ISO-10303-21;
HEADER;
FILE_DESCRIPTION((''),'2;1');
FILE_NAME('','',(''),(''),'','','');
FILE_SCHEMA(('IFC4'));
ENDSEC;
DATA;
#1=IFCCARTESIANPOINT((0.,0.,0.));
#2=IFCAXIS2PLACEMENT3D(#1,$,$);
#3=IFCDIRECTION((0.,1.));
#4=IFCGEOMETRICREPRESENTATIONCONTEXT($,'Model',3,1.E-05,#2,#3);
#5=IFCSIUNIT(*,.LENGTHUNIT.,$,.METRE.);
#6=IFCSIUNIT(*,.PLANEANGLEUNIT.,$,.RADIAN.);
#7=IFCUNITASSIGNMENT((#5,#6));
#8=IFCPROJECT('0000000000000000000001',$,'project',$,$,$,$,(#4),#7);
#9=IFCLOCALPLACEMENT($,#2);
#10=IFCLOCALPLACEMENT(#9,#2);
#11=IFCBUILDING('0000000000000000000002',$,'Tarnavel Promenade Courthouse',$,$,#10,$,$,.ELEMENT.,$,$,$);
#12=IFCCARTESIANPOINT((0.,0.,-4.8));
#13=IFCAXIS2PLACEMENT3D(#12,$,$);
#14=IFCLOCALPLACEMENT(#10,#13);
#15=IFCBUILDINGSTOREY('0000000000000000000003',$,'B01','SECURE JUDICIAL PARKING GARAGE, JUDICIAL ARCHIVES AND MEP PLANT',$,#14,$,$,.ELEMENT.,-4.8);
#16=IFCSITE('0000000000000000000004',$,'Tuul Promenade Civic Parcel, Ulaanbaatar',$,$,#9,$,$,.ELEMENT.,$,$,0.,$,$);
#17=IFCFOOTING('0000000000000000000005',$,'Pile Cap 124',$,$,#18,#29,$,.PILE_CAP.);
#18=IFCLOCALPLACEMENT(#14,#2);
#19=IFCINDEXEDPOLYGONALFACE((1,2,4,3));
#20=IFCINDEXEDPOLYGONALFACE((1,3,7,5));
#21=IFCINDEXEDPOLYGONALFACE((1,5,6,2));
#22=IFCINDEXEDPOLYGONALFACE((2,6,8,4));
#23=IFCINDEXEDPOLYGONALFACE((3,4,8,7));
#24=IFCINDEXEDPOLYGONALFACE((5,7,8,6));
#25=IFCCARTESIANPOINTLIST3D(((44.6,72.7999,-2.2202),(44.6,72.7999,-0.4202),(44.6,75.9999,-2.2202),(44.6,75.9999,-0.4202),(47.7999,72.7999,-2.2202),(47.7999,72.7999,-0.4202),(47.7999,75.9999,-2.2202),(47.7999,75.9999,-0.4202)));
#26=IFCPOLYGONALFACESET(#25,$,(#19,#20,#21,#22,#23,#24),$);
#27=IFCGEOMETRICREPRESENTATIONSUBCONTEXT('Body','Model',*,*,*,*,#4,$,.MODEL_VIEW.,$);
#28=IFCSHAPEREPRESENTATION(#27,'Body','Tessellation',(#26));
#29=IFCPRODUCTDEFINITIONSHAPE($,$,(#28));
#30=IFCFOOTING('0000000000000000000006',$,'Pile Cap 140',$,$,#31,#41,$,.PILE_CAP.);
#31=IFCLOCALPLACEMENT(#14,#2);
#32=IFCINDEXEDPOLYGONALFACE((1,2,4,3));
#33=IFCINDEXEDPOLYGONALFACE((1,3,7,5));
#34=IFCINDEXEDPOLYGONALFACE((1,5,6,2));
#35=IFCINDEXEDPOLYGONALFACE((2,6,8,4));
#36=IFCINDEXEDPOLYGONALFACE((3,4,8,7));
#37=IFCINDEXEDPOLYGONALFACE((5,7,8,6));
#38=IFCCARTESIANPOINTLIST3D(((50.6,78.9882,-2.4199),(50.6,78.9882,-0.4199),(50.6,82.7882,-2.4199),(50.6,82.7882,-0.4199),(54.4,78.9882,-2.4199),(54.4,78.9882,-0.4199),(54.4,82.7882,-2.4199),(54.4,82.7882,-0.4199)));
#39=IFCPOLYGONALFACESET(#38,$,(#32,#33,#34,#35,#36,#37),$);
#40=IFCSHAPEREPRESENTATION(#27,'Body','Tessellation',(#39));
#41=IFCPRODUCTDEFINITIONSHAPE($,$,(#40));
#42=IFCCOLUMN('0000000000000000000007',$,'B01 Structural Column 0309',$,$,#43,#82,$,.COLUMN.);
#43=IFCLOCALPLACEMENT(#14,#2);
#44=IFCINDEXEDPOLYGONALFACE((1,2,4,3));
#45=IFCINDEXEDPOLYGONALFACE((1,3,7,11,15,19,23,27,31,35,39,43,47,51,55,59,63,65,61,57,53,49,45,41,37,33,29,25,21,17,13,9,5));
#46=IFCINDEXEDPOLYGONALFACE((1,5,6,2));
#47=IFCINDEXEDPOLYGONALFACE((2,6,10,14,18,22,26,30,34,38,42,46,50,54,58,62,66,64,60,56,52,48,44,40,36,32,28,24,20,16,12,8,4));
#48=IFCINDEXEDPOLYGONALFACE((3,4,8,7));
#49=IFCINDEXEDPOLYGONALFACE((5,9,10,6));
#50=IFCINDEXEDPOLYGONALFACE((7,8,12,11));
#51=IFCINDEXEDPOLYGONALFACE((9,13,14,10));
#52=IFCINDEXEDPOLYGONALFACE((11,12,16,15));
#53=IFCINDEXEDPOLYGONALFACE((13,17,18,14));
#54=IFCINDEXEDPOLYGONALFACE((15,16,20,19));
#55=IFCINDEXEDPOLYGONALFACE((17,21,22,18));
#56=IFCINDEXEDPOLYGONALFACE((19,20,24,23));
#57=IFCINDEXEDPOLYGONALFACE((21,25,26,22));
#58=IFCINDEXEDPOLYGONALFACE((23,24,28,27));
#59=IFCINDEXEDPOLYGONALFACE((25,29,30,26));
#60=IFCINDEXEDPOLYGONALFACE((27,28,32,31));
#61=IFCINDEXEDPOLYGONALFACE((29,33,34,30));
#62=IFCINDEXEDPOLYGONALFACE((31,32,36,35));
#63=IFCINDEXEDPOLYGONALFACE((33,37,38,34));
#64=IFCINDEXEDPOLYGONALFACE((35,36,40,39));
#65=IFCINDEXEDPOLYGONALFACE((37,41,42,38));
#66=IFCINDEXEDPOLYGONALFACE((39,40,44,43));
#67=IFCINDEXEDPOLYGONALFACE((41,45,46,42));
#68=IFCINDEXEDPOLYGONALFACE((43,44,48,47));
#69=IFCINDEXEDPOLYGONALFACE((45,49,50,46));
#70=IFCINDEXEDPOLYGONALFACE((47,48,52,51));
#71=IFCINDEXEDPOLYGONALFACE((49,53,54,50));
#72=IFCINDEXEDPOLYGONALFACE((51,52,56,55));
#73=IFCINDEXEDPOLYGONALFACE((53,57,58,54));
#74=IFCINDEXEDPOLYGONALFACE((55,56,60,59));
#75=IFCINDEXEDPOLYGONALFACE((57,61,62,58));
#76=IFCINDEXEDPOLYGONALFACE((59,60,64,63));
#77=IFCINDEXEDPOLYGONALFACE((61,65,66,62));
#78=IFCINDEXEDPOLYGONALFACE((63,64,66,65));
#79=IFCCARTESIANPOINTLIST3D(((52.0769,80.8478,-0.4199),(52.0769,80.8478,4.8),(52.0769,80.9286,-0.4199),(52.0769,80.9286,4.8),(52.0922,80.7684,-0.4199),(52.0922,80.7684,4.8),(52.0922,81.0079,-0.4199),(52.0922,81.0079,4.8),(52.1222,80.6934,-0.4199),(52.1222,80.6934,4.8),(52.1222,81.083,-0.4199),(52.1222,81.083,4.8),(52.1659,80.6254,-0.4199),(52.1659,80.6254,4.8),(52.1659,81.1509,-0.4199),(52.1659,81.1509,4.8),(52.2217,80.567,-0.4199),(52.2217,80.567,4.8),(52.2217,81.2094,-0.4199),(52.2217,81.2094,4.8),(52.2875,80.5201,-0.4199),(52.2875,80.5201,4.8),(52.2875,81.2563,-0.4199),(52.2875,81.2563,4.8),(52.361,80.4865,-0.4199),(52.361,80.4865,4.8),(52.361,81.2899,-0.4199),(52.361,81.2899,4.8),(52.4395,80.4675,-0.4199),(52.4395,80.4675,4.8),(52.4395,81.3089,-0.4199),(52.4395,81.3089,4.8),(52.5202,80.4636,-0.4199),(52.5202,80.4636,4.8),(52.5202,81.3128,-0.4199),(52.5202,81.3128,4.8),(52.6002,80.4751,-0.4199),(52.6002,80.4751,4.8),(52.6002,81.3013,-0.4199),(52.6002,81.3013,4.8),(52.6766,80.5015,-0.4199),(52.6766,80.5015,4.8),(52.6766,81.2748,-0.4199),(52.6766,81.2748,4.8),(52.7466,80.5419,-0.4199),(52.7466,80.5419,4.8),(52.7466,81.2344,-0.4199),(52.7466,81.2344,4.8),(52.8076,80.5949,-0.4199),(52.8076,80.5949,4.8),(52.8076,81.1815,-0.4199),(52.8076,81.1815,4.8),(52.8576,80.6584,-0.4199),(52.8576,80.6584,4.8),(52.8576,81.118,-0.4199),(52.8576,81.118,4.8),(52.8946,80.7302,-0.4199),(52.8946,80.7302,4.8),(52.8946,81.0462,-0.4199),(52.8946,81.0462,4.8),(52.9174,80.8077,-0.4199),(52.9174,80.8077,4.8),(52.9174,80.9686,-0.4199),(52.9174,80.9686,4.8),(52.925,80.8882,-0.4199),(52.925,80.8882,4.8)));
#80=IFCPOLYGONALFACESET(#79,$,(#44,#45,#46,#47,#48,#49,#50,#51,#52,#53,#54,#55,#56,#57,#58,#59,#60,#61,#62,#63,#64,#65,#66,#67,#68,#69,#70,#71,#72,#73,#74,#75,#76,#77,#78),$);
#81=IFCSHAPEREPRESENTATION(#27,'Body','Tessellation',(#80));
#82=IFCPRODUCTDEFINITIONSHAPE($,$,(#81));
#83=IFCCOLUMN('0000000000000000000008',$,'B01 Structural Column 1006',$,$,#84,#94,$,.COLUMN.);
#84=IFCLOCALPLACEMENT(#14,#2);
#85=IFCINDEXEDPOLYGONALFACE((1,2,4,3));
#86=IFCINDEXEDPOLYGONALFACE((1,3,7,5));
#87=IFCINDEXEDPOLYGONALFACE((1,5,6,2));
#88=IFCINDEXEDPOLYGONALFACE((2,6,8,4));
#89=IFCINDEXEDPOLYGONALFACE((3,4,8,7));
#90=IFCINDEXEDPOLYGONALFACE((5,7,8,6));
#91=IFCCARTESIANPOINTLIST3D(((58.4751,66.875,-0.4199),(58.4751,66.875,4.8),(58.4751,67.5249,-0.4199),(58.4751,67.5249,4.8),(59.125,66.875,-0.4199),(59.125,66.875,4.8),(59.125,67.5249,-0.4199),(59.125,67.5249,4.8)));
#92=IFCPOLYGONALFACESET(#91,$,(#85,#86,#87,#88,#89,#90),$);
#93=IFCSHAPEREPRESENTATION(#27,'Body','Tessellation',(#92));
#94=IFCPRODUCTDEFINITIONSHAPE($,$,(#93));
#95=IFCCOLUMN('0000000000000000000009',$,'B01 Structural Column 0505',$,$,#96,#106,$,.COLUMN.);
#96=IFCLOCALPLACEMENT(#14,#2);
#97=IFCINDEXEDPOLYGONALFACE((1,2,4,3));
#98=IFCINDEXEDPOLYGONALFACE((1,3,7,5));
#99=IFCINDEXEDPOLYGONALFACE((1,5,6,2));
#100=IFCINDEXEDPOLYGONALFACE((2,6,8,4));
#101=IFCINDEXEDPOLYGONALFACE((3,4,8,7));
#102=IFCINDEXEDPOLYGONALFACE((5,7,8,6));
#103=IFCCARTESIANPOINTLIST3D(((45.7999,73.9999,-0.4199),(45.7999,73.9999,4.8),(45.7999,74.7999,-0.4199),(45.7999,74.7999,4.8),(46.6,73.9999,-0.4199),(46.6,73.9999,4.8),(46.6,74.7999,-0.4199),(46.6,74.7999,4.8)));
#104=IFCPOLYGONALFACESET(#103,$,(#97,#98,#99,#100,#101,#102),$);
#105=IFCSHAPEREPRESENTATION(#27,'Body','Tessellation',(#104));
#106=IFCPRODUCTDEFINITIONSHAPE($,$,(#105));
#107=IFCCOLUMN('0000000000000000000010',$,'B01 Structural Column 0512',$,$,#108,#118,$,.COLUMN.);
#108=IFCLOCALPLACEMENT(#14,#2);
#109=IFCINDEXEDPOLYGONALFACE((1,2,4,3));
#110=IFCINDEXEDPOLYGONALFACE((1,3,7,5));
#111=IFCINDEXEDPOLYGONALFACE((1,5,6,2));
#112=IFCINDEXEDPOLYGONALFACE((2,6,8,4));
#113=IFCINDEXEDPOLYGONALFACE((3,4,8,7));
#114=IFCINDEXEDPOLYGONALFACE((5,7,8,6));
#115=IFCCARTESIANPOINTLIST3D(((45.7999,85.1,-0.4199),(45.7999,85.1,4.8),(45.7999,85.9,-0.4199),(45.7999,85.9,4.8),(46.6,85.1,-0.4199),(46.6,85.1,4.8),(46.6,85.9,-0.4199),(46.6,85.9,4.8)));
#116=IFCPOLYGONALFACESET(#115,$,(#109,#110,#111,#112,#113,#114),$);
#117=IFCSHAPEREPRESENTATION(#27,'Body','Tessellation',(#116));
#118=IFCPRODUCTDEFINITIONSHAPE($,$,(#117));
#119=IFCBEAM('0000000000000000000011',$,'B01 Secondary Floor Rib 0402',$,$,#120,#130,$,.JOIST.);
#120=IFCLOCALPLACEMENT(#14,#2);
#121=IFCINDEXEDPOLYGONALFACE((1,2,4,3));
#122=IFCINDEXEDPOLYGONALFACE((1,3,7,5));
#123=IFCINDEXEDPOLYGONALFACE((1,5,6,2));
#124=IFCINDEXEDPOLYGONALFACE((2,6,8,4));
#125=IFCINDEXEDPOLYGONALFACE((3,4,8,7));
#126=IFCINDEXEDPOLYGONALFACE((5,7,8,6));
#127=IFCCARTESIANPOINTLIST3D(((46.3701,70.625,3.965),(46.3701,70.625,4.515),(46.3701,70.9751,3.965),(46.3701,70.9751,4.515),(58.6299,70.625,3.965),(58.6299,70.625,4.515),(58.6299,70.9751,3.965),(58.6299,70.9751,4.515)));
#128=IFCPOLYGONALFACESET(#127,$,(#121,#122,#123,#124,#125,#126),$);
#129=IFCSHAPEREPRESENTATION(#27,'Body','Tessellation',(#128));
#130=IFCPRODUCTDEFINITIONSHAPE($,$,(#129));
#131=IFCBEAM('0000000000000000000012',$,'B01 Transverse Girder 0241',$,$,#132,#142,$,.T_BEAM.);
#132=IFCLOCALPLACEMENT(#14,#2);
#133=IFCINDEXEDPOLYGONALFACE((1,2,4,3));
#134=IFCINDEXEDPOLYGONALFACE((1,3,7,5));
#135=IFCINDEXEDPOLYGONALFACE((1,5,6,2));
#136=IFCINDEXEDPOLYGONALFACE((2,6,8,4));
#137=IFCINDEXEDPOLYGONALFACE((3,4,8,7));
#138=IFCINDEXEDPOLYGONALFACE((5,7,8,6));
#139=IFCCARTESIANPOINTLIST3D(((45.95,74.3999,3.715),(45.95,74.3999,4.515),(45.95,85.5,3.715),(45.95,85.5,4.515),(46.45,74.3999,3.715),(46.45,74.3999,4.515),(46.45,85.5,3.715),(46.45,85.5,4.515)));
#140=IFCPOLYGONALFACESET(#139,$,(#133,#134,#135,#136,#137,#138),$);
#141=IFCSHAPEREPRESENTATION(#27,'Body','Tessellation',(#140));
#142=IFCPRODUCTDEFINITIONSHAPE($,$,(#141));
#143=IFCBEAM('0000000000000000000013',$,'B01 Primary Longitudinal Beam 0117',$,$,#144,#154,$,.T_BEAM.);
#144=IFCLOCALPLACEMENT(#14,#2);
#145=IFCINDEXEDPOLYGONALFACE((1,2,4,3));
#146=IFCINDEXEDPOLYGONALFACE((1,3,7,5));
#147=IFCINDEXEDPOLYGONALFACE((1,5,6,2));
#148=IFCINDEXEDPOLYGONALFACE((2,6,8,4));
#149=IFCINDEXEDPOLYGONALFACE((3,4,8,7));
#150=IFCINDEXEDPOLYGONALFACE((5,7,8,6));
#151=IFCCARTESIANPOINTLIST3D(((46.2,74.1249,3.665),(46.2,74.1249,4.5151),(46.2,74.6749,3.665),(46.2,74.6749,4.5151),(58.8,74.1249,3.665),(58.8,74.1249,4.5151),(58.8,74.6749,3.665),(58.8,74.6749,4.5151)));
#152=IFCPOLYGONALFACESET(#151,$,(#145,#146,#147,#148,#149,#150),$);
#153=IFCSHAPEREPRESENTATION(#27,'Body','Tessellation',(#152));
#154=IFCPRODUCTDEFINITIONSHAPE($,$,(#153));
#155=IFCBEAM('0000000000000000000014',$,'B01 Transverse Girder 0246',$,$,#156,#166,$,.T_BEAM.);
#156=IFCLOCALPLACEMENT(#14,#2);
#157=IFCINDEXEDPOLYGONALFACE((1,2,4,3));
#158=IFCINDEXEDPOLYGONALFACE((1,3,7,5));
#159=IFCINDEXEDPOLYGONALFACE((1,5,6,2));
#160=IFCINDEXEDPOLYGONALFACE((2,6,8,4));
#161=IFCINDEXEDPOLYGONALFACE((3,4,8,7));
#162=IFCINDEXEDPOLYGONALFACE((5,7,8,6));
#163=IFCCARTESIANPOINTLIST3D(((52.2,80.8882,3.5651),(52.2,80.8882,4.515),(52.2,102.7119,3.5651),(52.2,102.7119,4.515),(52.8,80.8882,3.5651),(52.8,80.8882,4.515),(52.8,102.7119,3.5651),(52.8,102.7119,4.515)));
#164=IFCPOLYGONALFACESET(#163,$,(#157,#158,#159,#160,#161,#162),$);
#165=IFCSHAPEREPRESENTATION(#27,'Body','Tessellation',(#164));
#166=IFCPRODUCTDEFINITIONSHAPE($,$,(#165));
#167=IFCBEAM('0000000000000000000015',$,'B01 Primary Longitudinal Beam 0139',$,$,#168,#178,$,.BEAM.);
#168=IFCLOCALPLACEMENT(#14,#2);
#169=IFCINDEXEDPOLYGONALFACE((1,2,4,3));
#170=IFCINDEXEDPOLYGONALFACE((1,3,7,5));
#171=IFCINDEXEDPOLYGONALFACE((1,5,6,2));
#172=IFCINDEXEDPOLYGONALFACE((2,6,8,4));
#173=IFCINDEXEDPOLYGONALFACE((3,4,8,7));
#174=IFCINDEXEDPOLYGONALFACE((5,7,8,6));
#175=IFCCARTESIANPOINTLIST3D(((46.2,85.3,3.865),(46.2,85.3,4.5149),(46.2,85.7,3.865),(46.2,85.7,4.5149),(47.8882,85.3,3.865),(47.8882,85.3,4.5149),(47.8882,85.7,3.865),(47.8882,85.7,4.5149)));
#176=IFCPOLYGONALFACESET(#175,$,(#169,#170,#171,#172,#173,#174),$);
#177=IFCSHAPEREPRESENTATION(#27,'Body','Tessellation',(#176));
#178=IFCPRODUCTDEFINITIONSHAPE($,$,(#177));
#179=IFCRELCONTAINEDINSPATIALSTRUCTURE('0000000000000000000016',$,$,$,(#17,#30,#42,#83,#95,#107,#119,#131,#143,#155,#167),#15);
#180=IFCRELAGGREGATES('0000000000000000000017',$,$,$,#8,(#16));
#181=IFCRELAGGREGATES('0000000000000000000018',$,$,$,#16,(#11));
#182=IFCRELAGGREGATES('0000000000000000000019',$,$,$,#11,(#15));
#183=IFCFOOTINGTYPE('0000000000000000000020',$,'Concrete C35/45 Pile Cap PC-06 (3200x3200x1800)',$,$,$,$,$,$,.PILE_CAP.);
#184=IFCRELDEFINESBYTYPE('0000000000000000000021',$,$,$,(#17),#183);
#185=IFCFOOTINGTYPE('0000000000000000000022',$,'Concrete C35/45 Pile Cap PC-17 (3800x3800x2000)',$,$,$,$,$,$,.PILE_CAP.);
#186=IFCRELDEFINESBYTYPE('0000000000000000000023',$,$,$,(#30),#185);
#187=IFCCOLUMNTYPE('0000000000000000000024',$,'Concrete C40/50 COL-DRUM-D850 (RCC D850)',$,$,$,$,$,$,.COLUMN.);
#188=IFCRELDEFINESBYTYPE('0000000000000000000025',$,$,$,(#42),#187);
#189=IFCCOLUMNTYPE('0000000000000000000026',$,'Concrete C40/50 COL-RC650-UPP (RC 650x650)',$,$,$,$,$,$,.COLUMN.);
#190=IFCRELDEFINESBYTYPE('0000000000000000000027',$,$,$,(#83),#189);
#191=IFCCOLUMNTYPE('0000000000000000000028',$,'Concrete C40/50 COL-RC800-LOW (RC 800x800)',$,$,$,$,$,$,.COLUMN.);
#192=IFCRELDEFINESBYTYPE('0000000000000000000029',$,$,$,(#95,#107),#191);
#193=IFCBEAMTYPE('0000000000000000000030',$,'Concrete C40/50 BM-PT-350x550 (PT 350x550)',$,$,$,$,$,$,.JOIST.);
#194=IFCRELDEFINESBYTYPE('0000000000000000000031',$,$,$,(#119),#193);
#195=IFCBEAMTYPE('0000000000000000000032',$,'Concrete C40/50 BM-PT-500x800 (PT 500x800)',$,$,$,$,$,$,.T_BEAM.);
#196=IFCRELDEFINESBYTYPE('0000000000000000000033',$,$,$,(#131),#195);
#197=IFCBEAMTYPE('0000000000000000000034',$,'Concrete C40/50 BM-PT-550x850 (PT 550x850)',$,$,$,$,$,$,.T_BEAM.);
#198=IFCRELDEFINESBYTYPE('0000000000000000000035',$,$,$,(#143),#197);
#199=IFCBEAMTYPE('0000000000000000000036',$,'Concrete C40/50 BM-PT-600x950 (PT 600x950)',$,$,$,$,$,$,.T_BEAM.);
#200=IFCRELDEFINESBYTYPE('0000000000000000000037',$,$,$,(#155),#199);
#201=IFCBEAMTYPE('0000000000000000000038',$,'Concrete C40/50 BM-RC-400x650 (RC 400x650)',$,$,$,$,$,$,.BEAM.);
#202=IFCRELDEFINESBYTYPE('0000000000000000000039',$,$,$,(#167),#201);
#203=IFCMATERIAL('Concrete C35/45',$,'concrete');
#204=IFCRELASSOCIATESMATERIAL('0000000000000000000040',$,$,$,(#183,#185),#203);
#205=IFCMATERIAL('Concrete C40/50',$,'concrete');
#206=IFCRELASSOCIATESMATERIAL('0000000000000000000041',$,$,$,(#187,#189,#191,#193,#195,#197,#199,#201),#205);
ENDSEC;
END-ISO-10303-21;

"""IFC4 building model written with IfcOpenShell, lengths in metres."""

from ifc_helpers import new_model, si_unit, direction, frame, origin, origin_2d, place, context, subcontext, project, spatial, rectangle, circle, extrude, material, material_profile, profile_set, type_object, element, save


model = new_model("IFC4")

# Units and contexts
model_context = context("Model", 3, precision=1e-05, world=origin(), true_north=direction((0.0, 1.0)))
body_context = subcontext(model_context, "Body", "Model", "MODEL_VIEW")
ifc_project = project(units=[si_unit("LENGTHUNIT", "METRE"), si_unit("PLANEANGLEUNIT", "RADIAN")], contexts=[model_context])

# Site, building, storey
site_placement = place(None, origin())
site = spatial("IfcSite", under=ifc_project, at=site_placement, Name="Tuul Promenade Civic Parcel, Ulaanbaatar", CompositionType="ELEMENT", RefElevation=0.0)
building_placement = place(site_placement, origin())
building = spatial("IfcBuilding", under=site, at=building_placement, Name="Tarnavel Promenade Courthouse", CompositionType="ELEMENT")
storey_placement = place(building_placement, frame((0.0, 0.0, -4.8)))
storey = spatial("IfcBuildingStorey", under=building, at=storey_placement, Name="B01", Description="SECURE JUDICIAL PARKING GARAGE, JUDICIAL ARCHIVES AND MEP PLANT", CompositionType="ELEMENT", Elevation=-4.8)

# Footings
ifc_material_1 = material(Name="Concrete C35/45", Category="concrete")
footing_type_1 = type_object("IfcFootingType", Name="Concrete C35/45 Pile Cap PC-06 (3200x3200x1800)", PredefinedType="PILE_CAP", material=ifc_material_1)
footing_1_placement = place(storey_placement, frame((46.2, 74.3999, -2.2202), z_axis=(0.0, 0.0, 1.0), x_axis=(1.0, 0.0, 0.0)))
element("IfcFooting", 1, at=footing_1_placement, inside=storey, type_object=footing_type_1, Name="Pile Cap 124", PredefinedType="PILE_CAP", context=body_context, shape_type="SweptSolid", body=[
    extrude(rectangle(XDim=3.2, YDim=3.2, at=origin_2d()), origin(), (0.0, 0.0, 1.0), 1.8),
])
footing_type_2 = type_object("IfcFootingType", Name="Concrete C35/45 Pile Cap PC-17 (3800x3800x2000)", PredefinedType="PILE_CAP", material=ifc_material_1)
footing_2_placement = place(storey_placement, frame((52.5, 80.8882, -2.4199), z_axis=(0.0, 0.0, 1.0), x_axis=(1.0, 0.0, 0.0)))
element("IfcFooting", 2, at=footing_2_placement, inside=storey, type_object=footing_type_2, Name="Pile Cap 140", PredefinedType="PILE_CAP", context=body_context, shape_type="SweptSolid", body=[
    extrude(rectangle(XDim=3.8, YDim=3.8, at=origin_2d()), origin(), (0.0, 0.0, 1.0), 2.0),
])

# Columns
ifc_material_2 = material(Name="Concrete C40/50", Category="concrete")
ifc_material_profile_1 = material_profile(ifc_material_2, circle(Radius=0.425, at=origin_2d()), Name="RCC D850")
ifc_profile_set_1 = profile_set([ifc_material_profile_1], Name="Concrete C40/50")
column_type_1 = type_object("IfcColumnType", Name="Concrete C40/50 COL-DRUM-D850 (RCC D850)", PredefinedType="COLUMN", material=ifc_profile_set_1)
column_1_placement = place(storey_placement, frame((52.5, 80.8882, -0.4199), z_axis=(0.0, 0.0, 1.0), x_axis=(1.0, 0.0, 0.0)))
element("IfcColumn", 3, at=column_1_placement, inside=storey, type_object=column_type_1, Name="B01 Structural Column 0309", PredefinedType="COLUMN", context=body_context, shape_type="SweptSolid", body=[
    extrude(circle(Radius=0.425, at=origin_2d()), origin(), (0.0, 0.0, 1.0), 5.22),
])
ifc_material_profile_2 = material_profile(ifc_material_2, rectangle(XDim=0.6499, YDim=0.6499, at=origin_2d()), Name="RC 650x650")
ifc_profile_set_2 = profile_set([ifc_material_profile_2], Name="Concrete C40/50")
column_type_2 = type_object("IfcColumnType", Name="Concrete C40/50 COL-RC650-UPP (RC 650x650)", PredefinedType="COLUMN", material=ifc_profile_set_2)
column_2_placement = place(storey_placement, frame((58.8, 67.2, -0.4199), z_axis=(0.0, 0.0, 1.0), x_axis=(1.0, 0.0, 0.0)))
element("IfcColumn", 4, at=column_2_placement, inside=storey, type_object=column_type_2, Name="B01 Structural Column 1006", PredefinedType="COLUMN", context=body_context, shape_type="SweptSolid", body=[
    extrude(rectangle(XDim=0.6499, YDim=0.6499, at=origin_2d()), origin(), (0.0, 0.0, 1.0), 5.22),
])
ifc_material_profile_3 = material_profile(ifc_material_2, rectangle(XDim=0.8, YDim=0.8, at=origin_2d()), Name="RC 800x800")
ifc_profile_set_3 = profile_set([ifc_material_profile_3], Name="Concrete C40/50")
column_type_3 = type_object("IfcColumnType", Name="Concrete C40/50 COL-RC800-LOW (RC 800x800)", PredefinedType="COLUMN", material=ifc_profile_set_3)
for number, where, z_axis, x_axis, name in (
    (5, (46.2, 74.3999, -0.4199), (0.0, 0.0, 1.0), (1.0, 0.0, 0.0), "B01 Structural Column 0505"),
    (6, (46.2, 85.5, -0.4199), (0.0, 0.0, 1.0), (1.0, 0.0, 0.0), "B01 Structural Column 0512"),
):
    element("IfcColumn", number, at=place(storey_placement, frame(where, z_axis=z_axis, x_axis=x_axis)), inside=storey, type_object=column_type_3, Name=name, PredefinedType="COLUMN", context=body_context, shape_type="SweptSolid", body=[
        extrude(rectangle(XDim=0.8, YDim=0.8, at=origin_2d()), origin(), (0.0, 0.0, 1.0), 5.22),
    ])

# Beams
ifc_material_profile_4 = material_profile(ifc_material_2, rectangle(XDim=0.3501, YDim=0.55, at=origin_2d()), Name="PT 350x550")
ifc_profile_set_4 = profile_set([ifc_material_profile_4], Name="Concrete C40/50")
beam_type_1 = type_object("IfcBeamType", Name="Concrete C40/50 BM-PT-350x550 (PT 350x550)", PredefinedType="JOIST", material=ifc_profile_set_4)
beam_1_placement = place(storey_placement, frame((46.3701, 70.8, 4.24), z_axis=(1.0, 0.0, 0.0), x_axis=(0.0, 1.0, 0.0)))
element("IfcBeam", 7, at=beam_1_placement, inside=storey, type_object=beam_type_1, Name="B01 Secondary Floor Rib 0402", PredefinedType="JOIST", context=body_context, shape_type="SweptSolid", body=[
    extrude(rectangle(XDim=0.3501, YDim=0.55, at=origin_2d()), origin(), (0.0, 0.0, 1.0), 12.2598),
])
ifc_material_profile_5 = material_profile(ifc_material_2, rectangle(XDim=0.5, YDim=0.8, at=origin_2d()), Name="PT 500x800")
ifc_profile_set_5 = profile_set([ifc_material_profile_5], Name="Concrete C40/50")
beam_type_2 = type_object("IfcBeamType", Name="Concrete C40/50 BM-PT-500x800 (PT 500x800)", PredefinedType="T_BEAM", material=ifc_profile_set_5)
beam_2_placement = place(storey_placement, frame((46.2, 74.3999, 4.115), z_axis=(0.0, 1.0, 0.0), x_axis=(-1.0, 0.0, 0.0)))
element("IfcBeam", 8, at=beam_2_placement, inside=storey, type_object=beam_type_2, Name="B01 Transverse Girder 0241", PredefinedType="T_BEAM", context=body_context, shape_type="SweptSolid", body=[
    extrude(rectangle(XDim=0.5, YDim=0.8, at=origin_2d()), origin(), (0.0, 0.0, 1.0), 11.1001),
])
ifc_material_profile_6 = material_profile(ifc_material_2, rectangle(XDim=0.55, YDim=0.8501, at=origin_2d()), Name="PT 550x850")
ifc_profile_set_6 = profile_set([ifc_material_profile_6], Name="Concrete C40/50")
beam_type_3 = type_object("IfcBeamType", Name="Concrete C40/50 BM-PT-550x850 (PT 550x850)", PredefinedType="T_BEAM", material=ifc_profile_set_6)
beam_3_placement = place(storey_placement, frame((46.2, 74.3999, 4.0901), z_axis=(1.0, 0.0, 0.0), x_axis=(0.0, 1.0, 0.0)))
element("IfcBeam", 9, at=beam_3_placement, inside=storey, type_object=beam_type_3, Name="B01 Primary Longitudinal Beam 0117", PredefinedType="T_BEAM", context=body_context, shape_type="SweptSolid", body=[
    extrude(rectangle(XDim=0.55, YDim=0.8501, at=origin_2d()), origin(), (0.0, 0.0, 1.0), 12.6001),
])
ifc_material_profile_7 = material_profile(ifc_material_2, rectangle(XDim=0.6001, YDim=0.95, at=origin_2d()), Name="PT 600x950")
ifc_profile_set_7 = profile_set([ifc_material_profile_7], Name="Concrete C40/50")
beam_type_4 = type_object("IfcBeamType", Name="Concrete C40/50 BM-PT-600x950 (PT 600x950)", PredefinedType="T_BEAM", material=ifc_profile_set_7)
beam_4_placement = place(storey_placement, frame((52.5, 80.8882, 4.04), z_axis=(0.0, 1.0, 0.0), x_axis=(-1.0, 0.0, 0.0)))
element("IfcBeam", 10, at=beam_4_placement, inside=storey, type_object=beam_type_4, Name="B01 Transverse Girder 0246", PredefinedType="T_BEAM", context=body_context, shape_type="SweptSolid", body=[
    extrude(rectangle(XDim=0.6001, YDim=0.95, at=origin_2d()), origin(), (0.0, 0.0, 1.0), 21.8237),
])
ifc_material_profile_8 = material_profile(ifc_material_2, rectangle(XDim=0.3999, YDim=0.6499, at=origin_2d()), Name="RC 400x650")
ifc_profile_set_8 = profile_set([ifc_material_profile_8], Name="Concrete C40/50")
beam_type_5 = type_object("IfcBeamType", Name="Concrete C40/50 BM-RC-400x650 (RC 400x650)", PredefinedType="BEAM", material=ifc_profile_set_8)
beam_5_placement = place(storey_placement, frame((46.2, 85.5, 4.1899), z_axis=(1.0, 0.0, 0.0), x_axis=(0.0, 1.0, 0.0)))
element("IfcBeam", 11, at=beam_5_placement, inside=storey, type_object=beam_type_5, Name="B01 Primary Longitudinal Beam 0139", PredefinedType="BEAM", context=body_context, shape_type="SweptSolid", body=[
    extrude(rectangle(XDim=0.3999, YDim=0.6499, at=origin_2d()), origin(), (0.0, 0.0, 1.0), 1.6882),
])

save(model, "model.ifc")
